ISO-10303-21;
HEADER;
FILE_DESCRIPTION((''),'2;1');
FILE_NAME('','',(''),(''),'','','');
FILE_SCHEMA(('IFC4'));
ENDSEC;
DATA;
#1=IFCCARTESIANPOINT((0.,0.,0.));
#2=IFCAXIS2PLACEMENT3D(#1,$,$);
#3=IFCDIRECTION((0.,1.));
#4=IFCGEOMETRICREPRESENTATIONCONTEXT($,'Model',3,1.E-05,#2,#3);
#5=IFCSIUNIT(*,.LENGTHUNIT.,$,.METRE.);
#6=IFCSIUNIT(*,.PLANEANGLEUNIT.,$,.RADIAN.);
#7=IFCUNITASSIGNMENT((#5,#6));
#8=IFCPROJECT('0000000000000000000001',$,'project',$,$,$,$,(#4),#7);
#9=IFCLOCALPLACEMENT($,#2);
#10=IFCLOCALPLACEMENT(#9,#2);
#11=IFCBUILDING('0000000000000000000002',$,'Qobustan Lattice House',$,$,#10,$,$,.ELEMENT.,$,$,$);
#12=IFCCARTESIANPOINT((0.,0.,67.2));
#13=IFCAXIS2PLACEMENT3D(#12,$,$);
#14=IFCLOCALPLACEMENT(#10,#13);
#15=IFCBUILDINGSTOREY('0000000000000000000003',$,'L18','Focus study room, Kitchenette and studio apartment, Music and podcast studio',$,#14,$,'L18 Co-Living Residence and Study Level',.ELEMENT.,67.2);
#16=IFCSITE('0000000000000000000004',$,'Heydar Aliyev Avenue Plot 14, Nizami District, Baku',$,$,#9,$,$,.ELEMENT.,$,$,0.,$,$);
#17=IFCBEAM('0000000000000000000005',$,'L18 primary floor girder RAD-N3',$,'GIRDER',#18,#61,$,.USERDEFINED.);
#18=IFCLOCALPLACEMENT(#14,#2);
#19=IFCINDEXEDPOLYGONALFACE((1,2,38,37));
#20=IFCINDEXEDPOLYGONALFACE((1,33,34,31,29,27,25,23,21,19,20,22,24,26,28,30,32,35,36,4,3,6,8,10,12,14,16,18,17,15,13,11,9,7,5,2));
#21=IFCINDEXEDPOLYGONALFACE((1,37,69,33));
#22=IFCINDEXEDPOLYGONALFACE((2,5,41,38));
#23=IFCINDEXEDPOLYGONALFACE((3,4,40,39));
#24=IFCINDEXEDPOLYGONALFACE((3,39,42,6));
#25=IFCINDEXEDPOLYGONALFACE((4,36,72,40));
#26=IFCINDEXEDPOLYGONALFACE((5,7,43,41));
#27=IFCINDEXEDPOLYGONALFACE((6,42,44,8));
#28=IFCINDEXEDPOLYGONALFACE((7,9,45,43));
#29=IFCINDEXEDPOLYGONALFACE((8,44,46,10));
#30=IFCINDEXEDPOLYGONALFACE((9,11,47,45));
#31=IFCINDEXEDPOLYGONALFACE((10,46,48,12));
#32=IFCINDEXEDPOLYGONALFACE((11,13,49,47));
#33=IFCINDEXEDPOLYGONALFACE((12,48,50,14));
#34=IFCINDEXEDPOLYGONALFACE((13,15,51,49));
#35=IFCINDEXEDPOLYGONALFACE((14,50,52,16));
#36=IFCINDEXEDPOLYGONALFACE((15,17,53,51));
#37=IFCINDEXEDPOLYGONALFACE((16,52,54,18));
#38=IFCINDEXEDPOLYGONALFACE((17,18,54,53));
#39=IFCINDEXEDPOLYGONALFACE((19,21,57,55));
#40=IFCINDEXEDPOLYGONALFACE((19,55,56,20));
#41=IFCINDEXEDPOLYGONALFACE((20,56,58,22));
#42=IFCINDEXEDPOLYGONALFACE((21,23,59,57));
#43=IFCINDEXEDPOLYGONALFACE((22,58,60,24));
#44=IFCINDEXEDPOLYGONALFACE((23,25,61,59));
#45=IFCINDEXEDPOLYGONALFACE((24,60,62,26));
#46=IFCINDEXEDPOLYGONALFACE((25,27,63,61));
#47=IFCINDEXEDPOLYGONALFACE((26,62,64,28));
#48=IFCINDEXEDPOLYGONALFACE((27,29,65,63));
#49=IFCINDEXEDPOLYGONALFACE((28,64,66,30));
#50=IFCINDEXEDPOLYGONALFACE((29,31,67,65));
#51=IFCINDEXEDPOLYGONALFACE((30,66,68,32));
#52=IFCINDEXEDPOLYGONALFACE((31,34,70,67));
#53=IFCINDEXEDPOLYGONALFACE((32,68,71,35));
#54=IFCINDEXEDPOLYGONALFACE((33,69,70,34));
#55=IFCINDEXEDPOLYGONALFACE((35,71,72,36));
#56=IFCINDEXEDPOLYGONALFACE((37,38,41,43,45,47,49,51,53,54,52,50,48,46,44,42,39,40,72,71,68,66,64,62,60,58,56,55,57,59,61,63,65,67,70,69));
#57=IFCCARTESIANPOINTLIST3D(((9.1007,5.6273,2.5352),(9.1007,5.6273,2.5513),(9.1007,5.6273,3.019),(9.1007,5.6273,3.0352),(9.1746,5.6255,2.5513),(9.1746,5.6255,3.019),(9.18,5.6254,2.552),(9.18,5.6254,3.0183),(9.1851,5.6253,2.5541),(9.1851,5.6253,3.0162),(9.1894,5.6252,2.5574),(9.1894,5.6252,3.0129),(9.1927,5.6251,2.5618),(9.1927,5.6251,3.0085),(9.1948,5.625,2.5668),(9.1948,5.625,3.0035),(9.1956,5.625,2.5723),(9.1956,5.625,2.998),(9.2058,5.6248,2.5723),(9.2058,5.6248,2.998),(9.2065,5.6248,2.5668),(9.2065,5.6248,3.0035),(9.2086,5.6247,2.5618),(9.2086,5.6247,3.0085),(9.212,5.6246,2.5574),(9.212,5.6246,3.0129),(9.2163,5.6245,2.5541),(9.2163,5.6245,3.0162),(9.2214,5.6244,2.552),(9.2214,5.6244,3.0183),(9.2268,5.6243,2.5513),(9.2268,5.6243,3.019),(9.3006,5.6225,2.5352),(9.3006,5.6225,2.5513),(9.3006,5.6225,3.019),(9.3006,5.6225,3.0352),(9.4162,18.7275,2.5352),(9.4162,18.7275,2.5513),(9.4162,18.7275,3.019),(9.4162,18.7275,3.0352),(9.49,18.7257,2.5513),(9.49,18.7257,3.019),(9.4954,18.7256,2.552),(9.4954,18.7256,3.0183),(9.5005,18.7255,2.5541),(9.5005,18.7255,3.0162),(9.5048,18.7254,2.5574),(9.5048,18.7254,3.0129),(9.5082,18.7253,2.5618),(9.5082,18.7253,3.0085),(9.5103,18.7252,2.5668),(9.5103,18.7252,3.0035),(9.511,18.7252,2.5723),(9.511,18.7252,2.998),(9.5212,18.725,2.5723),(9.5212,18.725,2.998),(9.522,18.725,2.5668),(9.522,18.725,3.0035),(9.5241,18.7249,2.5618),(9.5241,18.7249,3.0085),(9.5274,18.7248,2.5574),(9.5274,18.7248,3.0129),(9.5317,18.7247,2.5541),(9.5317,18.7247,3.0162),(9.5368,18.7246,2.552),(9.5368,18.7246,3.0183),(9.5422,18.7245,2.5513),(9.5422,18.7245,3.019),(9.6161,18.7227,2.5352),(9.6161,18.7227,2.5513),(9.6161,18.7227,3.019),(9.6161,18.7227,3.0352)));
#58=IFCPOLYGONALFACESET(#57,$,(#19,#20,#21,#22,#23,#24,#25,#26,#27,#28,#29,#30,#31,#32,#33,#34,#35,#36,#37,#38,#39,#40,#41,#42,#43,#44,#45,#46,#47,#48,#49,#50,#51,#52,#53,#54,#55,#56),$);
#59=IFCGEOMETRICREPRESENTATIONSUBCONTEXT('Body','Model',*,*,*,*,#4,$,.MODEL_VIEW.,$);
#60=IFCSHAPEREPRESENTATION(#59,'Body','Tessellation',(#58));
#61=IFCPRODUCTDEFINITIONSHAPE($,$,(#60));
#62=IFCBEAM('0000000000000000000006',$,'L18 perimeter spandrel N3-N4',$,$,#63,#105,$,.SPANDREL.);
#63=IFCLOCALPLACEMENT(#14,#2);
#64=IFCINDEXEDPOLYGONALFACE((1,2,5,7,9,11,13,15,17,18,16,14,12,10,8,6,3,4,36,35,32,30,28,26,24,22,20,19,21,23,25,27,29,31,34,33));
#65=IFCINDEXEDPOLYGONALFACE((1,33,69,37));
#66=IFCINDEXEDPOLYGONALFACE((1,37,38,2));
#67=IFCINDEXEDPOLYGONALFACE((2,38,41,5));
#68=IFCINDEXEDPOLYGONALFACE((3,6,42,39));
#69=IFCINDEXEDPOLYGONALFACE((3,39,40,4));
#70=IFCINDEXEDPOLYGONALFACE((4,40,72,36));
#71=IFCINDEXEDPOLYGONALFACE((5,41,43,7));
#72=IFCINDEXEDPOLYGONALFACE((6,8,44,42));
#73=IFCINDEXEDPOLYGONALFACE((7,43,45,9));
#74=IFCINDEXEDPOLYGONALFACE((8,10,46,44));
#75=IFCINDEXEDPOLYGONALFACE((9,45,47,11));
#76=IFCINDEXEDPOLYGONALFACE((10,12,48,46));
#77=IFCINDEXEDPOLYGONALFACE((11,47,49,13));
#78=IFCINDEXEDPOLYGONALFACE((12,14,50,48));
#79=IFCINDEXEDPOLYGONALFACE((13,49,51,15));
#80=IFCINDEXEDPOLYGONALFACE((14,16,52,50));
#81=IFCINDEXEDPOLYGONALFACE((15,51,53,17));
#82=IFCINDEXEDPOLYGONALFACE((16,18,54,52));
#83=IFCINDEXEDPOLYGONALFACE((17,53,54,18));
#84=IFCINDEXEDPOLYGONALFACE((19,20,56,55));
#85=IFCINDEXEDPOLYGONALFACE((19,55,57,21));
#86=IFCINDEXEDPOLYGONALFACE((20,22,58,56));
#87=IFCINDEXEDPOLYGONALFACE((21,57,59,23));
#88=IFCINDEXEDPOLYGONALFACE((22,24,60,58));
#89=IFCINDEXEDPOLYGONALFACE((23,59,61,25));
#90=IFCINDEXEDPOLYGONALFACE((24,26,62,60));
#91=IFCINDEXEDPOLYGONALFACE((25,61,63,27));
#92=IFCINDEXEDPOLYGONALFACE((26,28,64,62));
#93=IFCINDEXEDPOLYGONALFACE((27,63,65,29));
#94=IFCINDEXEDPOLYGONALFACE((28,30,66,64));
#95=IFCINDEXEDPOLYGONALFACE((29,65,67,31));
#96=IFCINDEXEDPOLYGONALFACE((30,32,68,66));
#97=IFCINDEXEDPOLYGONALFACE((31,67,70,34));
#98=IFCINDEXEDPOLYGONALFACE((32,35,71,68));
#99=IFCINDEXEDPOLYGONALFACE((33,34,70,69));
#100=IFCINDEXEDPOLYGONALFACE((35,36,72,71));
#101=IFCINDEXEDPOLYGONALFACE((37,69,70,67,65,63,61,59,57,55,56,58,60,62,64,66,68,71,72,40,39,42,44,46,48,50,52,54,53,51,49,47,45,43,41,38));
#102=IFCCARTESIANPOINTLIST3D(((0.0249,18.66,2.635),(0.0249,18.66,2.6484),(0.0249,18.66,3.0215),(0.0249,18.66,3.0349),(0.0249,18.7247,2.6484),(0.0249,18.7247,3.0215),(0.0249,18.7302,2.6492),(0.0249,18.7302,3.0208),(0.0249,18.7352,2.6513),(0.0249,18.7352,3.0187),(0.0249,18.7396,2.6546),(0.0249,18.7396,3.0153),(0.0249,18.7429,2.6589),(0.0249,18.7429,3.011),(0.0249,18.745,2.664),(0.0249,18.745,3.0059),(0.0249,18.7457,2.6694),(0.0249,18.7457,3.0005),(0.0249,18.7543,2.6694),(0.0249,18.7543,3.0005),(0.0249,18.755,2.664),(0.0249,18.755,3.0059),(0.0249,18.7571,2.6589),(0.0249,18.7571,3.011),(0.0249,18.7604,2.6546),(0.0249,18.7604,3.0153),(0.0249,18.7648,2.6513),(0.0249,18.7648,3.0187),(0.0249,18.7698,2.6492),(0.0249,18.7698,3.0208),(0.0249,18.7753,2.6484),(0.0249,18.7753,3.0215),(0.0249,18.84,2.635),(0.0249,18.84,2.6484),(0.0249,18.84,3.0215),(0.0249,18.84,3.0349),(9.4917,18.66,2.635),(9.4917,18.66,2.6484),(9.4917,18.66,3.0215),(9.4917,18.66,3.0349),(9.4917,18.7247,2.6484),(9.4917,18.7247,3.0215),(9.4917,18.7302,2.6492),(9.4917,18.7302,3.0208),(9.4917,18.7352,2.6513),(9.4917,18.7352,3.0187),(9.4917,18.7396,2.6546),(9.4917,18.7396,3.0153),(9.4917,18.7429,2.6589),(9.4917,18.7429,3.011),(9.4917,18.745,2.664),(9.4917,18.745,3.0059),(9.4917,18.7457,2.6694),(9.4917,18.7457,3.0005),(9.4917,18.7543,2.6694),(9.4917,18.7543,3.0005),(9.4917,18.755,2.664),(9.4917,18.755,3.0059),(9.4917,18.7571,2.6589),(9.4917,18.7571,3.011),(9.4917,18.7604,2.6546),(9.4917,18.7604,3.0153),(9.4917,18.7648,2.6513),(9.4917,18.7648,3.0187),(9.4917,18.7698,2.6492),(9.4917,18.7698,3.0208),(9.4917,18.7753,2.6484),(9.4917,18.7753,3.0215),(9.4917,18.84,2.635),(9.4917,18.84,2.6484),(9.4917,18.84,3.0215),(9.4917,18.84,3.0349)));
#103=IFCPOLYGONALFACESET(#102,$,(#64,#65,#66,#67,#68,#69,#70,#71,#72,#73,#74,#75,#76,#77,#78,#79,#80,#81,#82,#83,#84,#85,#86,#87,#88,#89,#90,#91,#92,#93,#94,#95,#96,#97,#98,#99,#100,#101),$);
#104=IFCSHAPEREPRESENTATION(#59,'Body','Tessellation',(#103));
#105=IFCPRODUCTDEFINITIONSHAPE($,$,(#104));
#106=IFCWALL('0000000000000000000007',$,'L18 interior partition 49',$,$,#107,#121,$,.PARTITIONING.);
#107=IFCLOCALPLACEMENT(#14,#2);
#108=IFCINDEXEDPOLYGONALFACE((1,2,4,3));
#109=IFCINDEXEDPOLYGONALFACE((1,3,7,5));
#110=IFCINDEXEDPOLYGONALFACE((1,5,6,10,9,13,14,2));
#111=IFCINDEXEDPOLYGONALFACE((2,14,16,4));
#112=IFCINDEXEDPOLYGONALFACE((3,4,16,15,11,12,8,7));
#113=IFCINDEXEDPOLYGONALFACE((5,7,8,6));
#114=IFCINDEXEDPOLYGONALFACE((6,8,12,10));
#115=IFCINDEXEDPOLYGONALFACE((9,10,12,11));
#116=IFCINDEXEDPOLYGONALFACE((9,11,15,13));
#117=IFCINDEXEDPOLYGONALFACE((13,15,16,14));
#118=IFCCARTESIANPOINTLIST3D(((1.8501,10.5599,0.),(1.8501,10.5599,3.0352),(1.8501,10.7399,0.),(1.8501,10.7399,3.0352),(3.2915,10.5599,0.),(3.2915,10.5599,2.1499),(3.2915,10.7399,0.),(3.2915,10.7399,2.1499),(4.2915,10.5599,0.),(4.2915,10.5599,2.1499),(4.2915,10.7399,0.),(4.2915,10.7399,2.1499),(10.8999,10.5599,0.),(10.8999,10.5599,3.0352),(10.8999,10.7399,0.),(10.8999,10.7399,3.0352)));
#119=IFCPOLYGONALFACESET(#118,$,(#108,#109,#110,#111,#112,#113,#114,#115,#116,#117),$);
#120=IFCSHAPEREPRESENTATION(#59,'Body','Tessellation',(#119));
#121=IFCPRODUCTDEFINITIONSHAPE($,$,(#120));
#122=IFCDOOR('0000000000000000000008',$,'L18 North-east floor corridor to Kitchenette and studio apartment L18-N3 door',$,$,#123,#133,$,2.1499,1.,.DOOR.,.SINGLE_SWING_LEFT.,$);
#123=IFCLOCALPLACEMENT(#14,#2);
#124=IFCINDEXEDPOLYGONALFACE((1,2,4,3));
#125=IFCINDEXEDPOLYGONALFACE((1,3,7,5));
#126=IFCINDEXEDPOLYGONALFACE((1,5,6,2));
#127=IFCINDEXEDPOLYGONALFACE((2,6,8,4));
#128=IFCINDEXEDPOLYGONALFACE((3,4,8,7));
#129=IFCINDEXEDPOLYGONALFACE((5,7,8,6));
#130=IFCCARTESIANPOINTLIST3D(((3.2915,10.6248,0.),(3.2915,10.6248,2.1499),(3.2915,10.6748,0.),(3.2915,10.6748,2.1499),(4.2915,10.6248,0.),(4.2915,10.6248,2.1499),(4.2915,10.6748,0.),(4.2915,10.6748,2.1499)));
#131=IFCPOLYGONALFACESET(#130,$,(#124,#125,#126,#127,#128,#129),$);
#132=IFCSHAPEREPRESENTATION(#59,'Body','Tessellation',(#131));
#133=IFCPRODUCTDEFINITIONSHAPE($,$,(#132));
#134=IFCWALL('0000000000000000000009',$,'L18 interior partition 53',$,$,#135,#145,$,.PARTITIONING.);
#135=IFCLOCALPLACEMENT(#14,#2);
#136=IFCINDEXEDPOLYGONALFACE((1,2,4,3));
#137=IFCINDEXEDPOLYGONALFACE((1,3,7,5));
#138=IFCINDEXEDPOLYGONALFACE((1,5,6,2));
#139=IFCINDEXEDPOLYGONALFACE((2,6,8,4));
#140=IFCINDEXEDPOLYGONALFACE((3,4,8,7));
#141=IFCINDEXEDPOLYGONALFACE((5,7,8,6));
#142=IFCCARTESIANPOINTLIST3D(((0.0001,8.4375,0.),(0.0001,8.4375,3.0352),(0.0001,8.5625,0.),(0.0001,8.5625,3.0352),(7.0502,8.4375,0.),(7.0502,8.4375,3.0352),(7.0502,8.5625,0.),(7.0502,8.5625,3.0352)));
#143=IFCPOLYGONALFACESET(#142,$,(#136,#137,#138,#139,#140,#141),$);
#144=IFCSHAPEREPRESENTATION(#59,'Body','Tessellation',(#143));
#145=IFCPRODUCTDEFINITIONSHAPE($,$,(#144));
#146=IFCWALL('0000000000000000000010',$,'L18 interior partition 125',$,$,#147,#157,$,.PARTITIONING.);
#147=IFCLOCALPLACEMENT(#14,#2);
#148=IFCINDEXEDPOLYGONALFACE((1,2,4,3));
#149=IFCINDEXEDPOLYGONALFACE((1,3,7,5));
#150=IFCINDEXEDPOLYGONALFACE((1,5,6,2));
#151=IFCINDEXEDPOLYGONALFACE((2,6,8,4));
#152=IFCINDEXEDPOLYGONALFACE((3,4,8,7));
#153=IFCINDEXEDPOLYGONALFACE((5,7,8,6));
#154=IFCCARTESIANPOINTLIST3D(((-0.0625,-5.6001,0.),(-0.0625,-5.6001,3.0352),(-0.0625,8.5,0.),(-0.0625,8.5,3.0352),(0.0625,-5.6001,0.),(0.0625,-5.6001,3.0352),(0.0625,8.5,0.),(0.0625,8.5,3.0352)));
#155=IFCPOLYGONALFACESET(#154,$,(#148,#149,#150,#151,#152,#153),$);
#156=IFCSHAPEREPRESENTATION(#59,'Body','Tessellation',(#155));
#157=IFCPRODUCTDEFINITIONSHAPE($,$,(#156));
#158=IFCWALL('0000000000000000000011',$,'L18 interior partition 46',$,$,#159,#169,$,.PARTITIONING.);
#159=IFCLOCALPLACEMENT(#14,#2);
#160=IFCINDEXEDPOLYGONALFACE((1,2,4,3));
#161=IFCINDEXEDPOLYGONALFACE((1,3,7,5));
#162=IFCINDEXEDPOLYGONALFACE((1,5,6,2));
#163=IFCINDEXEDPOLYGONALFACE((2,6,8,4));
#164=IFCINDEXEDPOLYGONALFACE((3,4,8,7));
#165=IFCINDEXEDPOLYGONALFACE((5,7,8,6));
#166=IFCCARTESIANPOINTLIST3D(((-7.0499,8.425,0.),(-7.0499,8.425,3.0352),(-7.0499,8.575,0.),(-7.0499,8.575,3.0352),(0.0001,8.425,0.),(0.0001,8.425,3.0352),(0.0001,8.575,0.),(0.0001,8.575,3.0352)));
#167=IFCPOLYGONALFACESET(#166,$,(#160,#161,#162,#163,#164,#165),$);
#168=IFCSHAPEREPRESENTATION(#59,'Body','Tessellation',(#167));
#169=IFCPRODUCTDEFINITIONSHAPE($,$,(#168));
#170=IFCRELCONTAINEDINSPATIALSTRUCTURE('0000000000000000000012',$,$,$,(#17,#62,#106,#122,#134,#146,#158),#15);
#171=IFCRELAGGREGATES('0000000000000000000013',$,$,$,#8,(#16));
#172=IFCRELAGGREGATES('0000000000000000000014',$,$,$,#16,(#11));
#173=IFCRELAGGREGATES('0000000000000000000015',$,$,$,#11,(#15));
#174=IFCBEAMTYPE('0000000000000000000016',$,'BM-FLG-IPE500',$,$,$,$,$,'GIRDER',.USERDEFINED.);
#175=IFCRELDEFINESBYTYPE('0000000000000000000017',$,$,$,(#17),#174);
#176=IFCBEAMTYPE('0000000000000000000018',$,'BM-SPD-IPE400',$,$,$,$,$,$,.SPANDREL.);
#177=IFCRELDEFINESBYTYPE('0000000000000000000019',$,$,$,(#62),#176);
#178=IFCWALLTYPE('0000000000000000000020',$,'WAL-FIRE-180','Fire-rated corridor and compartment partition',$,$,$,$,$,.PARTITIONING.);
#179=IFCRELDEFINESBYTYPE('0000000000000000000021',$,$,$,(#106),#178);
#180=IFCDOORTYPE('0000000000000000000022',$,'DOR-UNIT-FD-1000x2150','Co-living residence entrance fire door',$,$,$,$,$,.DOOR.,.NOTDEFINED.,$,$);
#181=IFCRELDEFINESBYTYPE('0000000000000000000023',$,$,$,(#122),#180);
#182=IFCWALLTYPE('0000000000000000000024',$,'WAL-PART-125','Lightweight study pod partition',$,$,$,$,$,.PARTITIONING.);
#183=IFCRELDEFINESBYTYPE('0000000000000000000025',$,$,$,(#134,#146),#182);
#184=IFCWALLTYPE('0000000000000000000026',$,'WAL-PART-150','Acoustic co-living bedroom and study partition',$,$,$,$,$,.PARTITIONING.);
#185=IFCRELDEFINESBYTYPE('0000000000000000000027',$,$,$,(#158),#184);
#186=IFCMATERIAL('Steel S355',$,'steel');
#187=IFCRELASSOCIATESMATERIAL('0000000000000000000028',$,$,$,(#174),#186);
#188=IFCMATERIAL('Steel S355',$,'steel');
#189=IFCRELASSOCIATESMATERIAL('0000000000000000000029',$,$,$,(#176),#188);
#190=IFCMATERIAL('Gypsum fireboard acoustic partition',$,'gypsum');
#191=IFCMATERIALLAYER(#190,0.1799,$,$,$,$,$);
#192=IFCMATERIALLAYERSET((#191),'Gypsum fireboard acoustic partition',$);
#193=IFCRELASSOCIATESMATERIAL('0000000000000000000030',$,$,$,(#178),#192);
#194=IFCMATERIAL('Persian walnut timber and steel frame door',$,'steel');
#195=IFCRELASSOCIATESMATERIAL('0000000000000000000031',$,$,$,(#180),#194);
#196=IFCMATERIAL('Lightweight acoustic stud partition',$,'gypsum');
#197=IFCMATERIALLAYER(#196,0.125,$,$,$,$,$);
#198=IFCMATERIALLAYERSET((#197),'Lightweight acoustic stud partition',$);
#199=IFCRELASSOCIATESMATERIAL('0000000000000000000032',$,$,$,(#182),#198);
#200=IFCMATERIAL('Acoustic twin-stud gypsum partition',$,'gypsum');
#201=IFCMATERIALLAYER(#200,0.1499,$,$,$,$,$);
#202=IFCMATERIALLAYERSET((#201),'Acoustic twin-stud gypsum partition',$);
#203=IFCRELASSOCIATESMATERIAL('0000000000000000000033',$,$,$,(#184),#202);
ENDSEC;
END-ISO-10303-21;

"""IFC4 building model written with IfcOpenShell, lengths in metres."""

from ifc_helpers import new_model, si_unit, direction, frame, frame_2d, origin, origin_2d, place, context, subcontext, project, spatial, rectangle, i_section, extrude, material, layer, layer_set, material_profile, profile_set, type_object, element, fill, save


model = new_model("IFC4")

# Units and contexts
model_context = context("Model", 3, precision=1e-05, world=origin(), true_north=direction((0.0, 1.0)))
body_context = subcontext(model_context, "Body", "Model", "MODEL_VIEW")
ifc_project = project(units=[si_unit("LENGTHUNIT", "METRE"), si_unit("PLANEANGLEUNIT", "RADIAN")], contexts=[model_context])

# Site, building, storey
site_placement = place(None, origin())
site = spatial("IfcSite", under=ifc_project, at=site_placement, Name="Heydar Aliyev Avenue Plot 14, Nizami District, Baku", CompositionType="ELEMENT", RefElevation=0.0)
building_placement = place(site_placement, origin())
building = spatial("IfcBuilding", under=site, at=building_placement, Name="Qobustan Lattice House", CompositionType="ELEMENT")
storey_placement = place(building_placement, frame((0.0, 0.0, 67.2)))
storey = spatial("IfcBuildingStorey", under=building, at=storey_placement, Name="L18", Description="Focus study room, Kitchenette and studio apartment, Music and podcast studio", LongName="L18 Co-Living Residence and Study Level", CompositionType="ELEMENT", Elevation=67.2)

# Beams
ifc_material_1 = material(Name="Steel S355", Category="steel")
ifc_material_profile_1 = material_profile(ifc_material_1, i_section(OverallWidth=0.2, OverallDepth=0.5, WebThickness=0.0103, FlangeThickness=0.0161, FilletRadius=0.021, at=origin_2d()), Name="IPE500")
ifc_profile_set_1 = profile_set([ifc_material_profile_1], Name="Steel S355")
beam_type_1 = type_object("IfcBeamType", Name="BM-FLG-IPE500", ElementType="GIRDER", PredefinedType="USERDEFINED", material=ifc_profile_set_1)
beam_1_placement = place(storey_placement, frame((9.5161, 18.7251, 2.7852), z_axis=(-0.024071, -0.99971, 0.0), x_axis=(0.99971, -0.024071, 0.0)))
element("IfcBeam", 1, at=beam_1_placement, inside=storey, type_object=beam_type_1, Name="L18 primary floor girder RAD-N3", ObjectType="GIRDER", PredefinedType="USERDEFINED", context=body_context, shape_type="SweptSolid", body=[
    extrude(i_section(OverallWidth=0.2, OverallDepth=0.5, WebThickness=0.0103, FlangeThickness=0.0161, FilletRadius=0.021, at=origin_2d()), origin(), (0.0, 0.0, 1.0), 13.104),
])
ifc_material_2 = material(Name="Steel S355", Category="steel")
ifc_material_profile_2 = material_profile(ifc_material_2, i_section(OverallWidth=0.1799, OverallDepth=0.3999, WebThickness=0.0085, FlangeThickness=0.0134, FilletRadius=0.021, at=origin_2d()), Name="IPE400")
ifc_profile_set_2 = profile_set([ifc_material_profile_2], Name="Steel S355")
beam_type_2 = type_object("IfcBeamType", Name="BM-SPD-IPE400", PredefinedType="SPANDREL", material=ifc_profile_set_2)
beam_2_placement = place(storey_placement, frame((9.4917, 18.75, 2.835), z_axis=(-1.0, 0.0, 0.0), x_axis=(0.0, -1.0, 0.0)))
element("IfcBeam", 2, at=beam_2_placement, inside=storey, type_object=beam_type_2, Name="L18 perimeter spandrel N3-N4", PredefinedType="SPANDREL", context=body_context, shape_type="SweptSolid", body=[
    extrude(i_section(OverallWidth=0.1799, OverallDepth=0.3999, WebThickness=0.0085, FlangeThickness=0.0134, FilletRadius=0.021, at=origin_2d()), origin(), (0.0, 0.0, 1.0), 9.4668),
])

# Wall, opening, door
ifc_material_3 = material(Name="Gypsum fireboard acoustic partition", Category="gypsum")
ifc_layer_1 = layer(ifc_material_3, 0.1799)
ifc_layer_set_1 = layer_set([ifc_layer_1], Name="Gypsum fireboard acoustic partition")
wall_type_1 = type_object("IfcWallType", Name="WAL-FIRE-180", Description="Fire-rated corridor and compartment partition", PredefinedType="PARTITIONING", material=ifc_layer_set_1)
wall_1_placement = place(storey_placement, frame((1.8501, 10.6499, 0.0), z_axis=(0.0, 0.0, 1.0), x_axis=(1.0, 0.0, 0.0)))
wall_1 = element("IfcWall", 3, at=wall_1_placement, inside=storey, type_object=wall_type_1, Name="L18 interior partition 49", PredefinedType="PARTITIONING", context=body_context, shape_type="SweptSolid", body=[
    extrude(rectangle(XDim=9.0498, YDim=0.1799, at=frame_2d((4.5249, 0.0))), origin(), (0.0, 0.0, 1.0), 3.0352),
])
opening_1_placement = place(wall_1_placement, frame((1.4414, 0.0, 0.0)))
opening_1 = element("IfcOpeningElement", 4, at=opening_1_placement, cuts=wall_1, PredefinedType="OPENING", context=body_context, shape_type="SweptSolid", body=[
    extrude(rectangle(XDim=1.0, YDim=2.1499, at=frame_2d((0.5, 1.075))), frame((0.0, 0.0999, 0.0), z_axis=(0.0, -1.0, 0.0), x_axis=(1.0, 0.0, 0.0)), (0.0, 0.0, 1.0), 0.2),
])
ifc_material_4 = material(Name="Persian walnut timber and steel frame door", Category="steel")
door_type_1 = type_object("IfcDoorType", Name="DOR-UNIT-FD-1000x2150", Description="Co-living residence entrance fire door", OperationType="NOTDEFINED", PredefinedType="DOOR", material=ifc_material_4)
door_1_placement = place(opening_1_placement, origin())
door_1 = element("IfcDoor", 5, at=door_1_placement, inside=storey, type_object=door_type_1, Name="L18 North-east floor corridor to Kitchenette and studio apartment L18-N3 door", OperationType="SINGLE_SWING_LEFT", OverallHeight=2.1499, OverallWidth=1.0, PredefinedType="DOOR", context=body_context, shape_type="SweptSolid", body=[
    extrude(rectangle(XDim=1.0, YDim=2.1499, at=frame_2d((0.5, 1.075))), frame((0.0, 0.0249, 0.0), z_axis=(0.0, -1.0, 0.0), x_axis=(1.0, 0.0, 0.0)), (0.0, 0.0, 1.0), 0.05),
])
fill(opening_1, door_1)

# Walls
ifc_material_5 = material(Name="Lightweight acoustic stud partition", Category="gypsum")
ifc_layer_2 = layer(ifc_material_5, 0.125)
ifc_layer_set_2 = layer_set([ifc_layer_2], Name="Lightweight acoustic stud partition")
wall_type_2 = type_object("IfcWallType", Name="WAL-PART-125", Description="Lightweight study pod partition", PredefinedType="PARTITIONING", material=ifc_layer_set_2)
wall_2_placement = place(storey_placement, frame((7.05, 8.5, 0.0), z_axis=(0.0, 0.0, 1.0), x_axis=(-1.0, 0.0, 0.0)))
element("IfcWall", 6, at=wall_2_placement, inside=storey, type_object=wall_type_2, Name="L18 interior partition 53", PredefinedType="PARTITIONING", context=body_context, shape_type="SweptSolid", body=[
    extrude(rectangle(XDim=7.05, YDim=0.125, at=frame_2d((3.5249, 0.0))), origin(), (0.0, 0.0, 1.0), 3.0352),
])
wall_3_placement = place(storey_placement, frame((0.0, 8.5, 0.0), z_axis=(0.0, 0.0, 1.0), x_axis=(0.0, -1.0, 0.0)))
element("IfcWall", 7, at=wall_3_placement, inside=storey, type_object=wall_type_2, Name="L18 interior partition 125", PredefinedType="PARTITIONING", context=body_context, shape_type="SweptSolid", body=[
    extrude(rectangle(XDim=14.1001, YDim=0.125, at=frame_2d((7.05, 0.0))), origin(), (0.0, 0.0, 1.0), 3.0352),
])
ifc_material_6 = material(Name="Acoustic twin-stud gypsum partition", Category="gypsum")
ifc_layer_3 = layer(ifc_material_6, 0.1499)
ifc_layer_set_3 = layer_set([ifc_layer_3], Name="Acoustic twin-stud gypsum partition")
wall_type_3 = type_object("IfcWallType", Name="WAL-PART-150", Description="Acoustic co-living bedroom and study partition", PredefinedType="PARTITIONING", material=ifc_layer_set_3)
wall_4_placement = place(storey_placement, frame((0.0, 8.5, 0.0), z_axis=(0.0, 0.0, 1.0), x_axis=(-1.0, 0.0, 0.0)))
element("IfcWall", 8, at=wall_4_placement, inside=storey, type_object=wall_type_3, Name="L18 interior partition 46", PredefinedType="PARTITIONING", context=body_context, shape_type="SweptSolid", body=[
    extrude(rectangle(XDim=7.05, YDim=0.1499, at=frame_2d((3.5249, 0.0))), origin(), (0.0, 0.0, 1.0), 3.0352),
])

save(model, "model.ifc")
